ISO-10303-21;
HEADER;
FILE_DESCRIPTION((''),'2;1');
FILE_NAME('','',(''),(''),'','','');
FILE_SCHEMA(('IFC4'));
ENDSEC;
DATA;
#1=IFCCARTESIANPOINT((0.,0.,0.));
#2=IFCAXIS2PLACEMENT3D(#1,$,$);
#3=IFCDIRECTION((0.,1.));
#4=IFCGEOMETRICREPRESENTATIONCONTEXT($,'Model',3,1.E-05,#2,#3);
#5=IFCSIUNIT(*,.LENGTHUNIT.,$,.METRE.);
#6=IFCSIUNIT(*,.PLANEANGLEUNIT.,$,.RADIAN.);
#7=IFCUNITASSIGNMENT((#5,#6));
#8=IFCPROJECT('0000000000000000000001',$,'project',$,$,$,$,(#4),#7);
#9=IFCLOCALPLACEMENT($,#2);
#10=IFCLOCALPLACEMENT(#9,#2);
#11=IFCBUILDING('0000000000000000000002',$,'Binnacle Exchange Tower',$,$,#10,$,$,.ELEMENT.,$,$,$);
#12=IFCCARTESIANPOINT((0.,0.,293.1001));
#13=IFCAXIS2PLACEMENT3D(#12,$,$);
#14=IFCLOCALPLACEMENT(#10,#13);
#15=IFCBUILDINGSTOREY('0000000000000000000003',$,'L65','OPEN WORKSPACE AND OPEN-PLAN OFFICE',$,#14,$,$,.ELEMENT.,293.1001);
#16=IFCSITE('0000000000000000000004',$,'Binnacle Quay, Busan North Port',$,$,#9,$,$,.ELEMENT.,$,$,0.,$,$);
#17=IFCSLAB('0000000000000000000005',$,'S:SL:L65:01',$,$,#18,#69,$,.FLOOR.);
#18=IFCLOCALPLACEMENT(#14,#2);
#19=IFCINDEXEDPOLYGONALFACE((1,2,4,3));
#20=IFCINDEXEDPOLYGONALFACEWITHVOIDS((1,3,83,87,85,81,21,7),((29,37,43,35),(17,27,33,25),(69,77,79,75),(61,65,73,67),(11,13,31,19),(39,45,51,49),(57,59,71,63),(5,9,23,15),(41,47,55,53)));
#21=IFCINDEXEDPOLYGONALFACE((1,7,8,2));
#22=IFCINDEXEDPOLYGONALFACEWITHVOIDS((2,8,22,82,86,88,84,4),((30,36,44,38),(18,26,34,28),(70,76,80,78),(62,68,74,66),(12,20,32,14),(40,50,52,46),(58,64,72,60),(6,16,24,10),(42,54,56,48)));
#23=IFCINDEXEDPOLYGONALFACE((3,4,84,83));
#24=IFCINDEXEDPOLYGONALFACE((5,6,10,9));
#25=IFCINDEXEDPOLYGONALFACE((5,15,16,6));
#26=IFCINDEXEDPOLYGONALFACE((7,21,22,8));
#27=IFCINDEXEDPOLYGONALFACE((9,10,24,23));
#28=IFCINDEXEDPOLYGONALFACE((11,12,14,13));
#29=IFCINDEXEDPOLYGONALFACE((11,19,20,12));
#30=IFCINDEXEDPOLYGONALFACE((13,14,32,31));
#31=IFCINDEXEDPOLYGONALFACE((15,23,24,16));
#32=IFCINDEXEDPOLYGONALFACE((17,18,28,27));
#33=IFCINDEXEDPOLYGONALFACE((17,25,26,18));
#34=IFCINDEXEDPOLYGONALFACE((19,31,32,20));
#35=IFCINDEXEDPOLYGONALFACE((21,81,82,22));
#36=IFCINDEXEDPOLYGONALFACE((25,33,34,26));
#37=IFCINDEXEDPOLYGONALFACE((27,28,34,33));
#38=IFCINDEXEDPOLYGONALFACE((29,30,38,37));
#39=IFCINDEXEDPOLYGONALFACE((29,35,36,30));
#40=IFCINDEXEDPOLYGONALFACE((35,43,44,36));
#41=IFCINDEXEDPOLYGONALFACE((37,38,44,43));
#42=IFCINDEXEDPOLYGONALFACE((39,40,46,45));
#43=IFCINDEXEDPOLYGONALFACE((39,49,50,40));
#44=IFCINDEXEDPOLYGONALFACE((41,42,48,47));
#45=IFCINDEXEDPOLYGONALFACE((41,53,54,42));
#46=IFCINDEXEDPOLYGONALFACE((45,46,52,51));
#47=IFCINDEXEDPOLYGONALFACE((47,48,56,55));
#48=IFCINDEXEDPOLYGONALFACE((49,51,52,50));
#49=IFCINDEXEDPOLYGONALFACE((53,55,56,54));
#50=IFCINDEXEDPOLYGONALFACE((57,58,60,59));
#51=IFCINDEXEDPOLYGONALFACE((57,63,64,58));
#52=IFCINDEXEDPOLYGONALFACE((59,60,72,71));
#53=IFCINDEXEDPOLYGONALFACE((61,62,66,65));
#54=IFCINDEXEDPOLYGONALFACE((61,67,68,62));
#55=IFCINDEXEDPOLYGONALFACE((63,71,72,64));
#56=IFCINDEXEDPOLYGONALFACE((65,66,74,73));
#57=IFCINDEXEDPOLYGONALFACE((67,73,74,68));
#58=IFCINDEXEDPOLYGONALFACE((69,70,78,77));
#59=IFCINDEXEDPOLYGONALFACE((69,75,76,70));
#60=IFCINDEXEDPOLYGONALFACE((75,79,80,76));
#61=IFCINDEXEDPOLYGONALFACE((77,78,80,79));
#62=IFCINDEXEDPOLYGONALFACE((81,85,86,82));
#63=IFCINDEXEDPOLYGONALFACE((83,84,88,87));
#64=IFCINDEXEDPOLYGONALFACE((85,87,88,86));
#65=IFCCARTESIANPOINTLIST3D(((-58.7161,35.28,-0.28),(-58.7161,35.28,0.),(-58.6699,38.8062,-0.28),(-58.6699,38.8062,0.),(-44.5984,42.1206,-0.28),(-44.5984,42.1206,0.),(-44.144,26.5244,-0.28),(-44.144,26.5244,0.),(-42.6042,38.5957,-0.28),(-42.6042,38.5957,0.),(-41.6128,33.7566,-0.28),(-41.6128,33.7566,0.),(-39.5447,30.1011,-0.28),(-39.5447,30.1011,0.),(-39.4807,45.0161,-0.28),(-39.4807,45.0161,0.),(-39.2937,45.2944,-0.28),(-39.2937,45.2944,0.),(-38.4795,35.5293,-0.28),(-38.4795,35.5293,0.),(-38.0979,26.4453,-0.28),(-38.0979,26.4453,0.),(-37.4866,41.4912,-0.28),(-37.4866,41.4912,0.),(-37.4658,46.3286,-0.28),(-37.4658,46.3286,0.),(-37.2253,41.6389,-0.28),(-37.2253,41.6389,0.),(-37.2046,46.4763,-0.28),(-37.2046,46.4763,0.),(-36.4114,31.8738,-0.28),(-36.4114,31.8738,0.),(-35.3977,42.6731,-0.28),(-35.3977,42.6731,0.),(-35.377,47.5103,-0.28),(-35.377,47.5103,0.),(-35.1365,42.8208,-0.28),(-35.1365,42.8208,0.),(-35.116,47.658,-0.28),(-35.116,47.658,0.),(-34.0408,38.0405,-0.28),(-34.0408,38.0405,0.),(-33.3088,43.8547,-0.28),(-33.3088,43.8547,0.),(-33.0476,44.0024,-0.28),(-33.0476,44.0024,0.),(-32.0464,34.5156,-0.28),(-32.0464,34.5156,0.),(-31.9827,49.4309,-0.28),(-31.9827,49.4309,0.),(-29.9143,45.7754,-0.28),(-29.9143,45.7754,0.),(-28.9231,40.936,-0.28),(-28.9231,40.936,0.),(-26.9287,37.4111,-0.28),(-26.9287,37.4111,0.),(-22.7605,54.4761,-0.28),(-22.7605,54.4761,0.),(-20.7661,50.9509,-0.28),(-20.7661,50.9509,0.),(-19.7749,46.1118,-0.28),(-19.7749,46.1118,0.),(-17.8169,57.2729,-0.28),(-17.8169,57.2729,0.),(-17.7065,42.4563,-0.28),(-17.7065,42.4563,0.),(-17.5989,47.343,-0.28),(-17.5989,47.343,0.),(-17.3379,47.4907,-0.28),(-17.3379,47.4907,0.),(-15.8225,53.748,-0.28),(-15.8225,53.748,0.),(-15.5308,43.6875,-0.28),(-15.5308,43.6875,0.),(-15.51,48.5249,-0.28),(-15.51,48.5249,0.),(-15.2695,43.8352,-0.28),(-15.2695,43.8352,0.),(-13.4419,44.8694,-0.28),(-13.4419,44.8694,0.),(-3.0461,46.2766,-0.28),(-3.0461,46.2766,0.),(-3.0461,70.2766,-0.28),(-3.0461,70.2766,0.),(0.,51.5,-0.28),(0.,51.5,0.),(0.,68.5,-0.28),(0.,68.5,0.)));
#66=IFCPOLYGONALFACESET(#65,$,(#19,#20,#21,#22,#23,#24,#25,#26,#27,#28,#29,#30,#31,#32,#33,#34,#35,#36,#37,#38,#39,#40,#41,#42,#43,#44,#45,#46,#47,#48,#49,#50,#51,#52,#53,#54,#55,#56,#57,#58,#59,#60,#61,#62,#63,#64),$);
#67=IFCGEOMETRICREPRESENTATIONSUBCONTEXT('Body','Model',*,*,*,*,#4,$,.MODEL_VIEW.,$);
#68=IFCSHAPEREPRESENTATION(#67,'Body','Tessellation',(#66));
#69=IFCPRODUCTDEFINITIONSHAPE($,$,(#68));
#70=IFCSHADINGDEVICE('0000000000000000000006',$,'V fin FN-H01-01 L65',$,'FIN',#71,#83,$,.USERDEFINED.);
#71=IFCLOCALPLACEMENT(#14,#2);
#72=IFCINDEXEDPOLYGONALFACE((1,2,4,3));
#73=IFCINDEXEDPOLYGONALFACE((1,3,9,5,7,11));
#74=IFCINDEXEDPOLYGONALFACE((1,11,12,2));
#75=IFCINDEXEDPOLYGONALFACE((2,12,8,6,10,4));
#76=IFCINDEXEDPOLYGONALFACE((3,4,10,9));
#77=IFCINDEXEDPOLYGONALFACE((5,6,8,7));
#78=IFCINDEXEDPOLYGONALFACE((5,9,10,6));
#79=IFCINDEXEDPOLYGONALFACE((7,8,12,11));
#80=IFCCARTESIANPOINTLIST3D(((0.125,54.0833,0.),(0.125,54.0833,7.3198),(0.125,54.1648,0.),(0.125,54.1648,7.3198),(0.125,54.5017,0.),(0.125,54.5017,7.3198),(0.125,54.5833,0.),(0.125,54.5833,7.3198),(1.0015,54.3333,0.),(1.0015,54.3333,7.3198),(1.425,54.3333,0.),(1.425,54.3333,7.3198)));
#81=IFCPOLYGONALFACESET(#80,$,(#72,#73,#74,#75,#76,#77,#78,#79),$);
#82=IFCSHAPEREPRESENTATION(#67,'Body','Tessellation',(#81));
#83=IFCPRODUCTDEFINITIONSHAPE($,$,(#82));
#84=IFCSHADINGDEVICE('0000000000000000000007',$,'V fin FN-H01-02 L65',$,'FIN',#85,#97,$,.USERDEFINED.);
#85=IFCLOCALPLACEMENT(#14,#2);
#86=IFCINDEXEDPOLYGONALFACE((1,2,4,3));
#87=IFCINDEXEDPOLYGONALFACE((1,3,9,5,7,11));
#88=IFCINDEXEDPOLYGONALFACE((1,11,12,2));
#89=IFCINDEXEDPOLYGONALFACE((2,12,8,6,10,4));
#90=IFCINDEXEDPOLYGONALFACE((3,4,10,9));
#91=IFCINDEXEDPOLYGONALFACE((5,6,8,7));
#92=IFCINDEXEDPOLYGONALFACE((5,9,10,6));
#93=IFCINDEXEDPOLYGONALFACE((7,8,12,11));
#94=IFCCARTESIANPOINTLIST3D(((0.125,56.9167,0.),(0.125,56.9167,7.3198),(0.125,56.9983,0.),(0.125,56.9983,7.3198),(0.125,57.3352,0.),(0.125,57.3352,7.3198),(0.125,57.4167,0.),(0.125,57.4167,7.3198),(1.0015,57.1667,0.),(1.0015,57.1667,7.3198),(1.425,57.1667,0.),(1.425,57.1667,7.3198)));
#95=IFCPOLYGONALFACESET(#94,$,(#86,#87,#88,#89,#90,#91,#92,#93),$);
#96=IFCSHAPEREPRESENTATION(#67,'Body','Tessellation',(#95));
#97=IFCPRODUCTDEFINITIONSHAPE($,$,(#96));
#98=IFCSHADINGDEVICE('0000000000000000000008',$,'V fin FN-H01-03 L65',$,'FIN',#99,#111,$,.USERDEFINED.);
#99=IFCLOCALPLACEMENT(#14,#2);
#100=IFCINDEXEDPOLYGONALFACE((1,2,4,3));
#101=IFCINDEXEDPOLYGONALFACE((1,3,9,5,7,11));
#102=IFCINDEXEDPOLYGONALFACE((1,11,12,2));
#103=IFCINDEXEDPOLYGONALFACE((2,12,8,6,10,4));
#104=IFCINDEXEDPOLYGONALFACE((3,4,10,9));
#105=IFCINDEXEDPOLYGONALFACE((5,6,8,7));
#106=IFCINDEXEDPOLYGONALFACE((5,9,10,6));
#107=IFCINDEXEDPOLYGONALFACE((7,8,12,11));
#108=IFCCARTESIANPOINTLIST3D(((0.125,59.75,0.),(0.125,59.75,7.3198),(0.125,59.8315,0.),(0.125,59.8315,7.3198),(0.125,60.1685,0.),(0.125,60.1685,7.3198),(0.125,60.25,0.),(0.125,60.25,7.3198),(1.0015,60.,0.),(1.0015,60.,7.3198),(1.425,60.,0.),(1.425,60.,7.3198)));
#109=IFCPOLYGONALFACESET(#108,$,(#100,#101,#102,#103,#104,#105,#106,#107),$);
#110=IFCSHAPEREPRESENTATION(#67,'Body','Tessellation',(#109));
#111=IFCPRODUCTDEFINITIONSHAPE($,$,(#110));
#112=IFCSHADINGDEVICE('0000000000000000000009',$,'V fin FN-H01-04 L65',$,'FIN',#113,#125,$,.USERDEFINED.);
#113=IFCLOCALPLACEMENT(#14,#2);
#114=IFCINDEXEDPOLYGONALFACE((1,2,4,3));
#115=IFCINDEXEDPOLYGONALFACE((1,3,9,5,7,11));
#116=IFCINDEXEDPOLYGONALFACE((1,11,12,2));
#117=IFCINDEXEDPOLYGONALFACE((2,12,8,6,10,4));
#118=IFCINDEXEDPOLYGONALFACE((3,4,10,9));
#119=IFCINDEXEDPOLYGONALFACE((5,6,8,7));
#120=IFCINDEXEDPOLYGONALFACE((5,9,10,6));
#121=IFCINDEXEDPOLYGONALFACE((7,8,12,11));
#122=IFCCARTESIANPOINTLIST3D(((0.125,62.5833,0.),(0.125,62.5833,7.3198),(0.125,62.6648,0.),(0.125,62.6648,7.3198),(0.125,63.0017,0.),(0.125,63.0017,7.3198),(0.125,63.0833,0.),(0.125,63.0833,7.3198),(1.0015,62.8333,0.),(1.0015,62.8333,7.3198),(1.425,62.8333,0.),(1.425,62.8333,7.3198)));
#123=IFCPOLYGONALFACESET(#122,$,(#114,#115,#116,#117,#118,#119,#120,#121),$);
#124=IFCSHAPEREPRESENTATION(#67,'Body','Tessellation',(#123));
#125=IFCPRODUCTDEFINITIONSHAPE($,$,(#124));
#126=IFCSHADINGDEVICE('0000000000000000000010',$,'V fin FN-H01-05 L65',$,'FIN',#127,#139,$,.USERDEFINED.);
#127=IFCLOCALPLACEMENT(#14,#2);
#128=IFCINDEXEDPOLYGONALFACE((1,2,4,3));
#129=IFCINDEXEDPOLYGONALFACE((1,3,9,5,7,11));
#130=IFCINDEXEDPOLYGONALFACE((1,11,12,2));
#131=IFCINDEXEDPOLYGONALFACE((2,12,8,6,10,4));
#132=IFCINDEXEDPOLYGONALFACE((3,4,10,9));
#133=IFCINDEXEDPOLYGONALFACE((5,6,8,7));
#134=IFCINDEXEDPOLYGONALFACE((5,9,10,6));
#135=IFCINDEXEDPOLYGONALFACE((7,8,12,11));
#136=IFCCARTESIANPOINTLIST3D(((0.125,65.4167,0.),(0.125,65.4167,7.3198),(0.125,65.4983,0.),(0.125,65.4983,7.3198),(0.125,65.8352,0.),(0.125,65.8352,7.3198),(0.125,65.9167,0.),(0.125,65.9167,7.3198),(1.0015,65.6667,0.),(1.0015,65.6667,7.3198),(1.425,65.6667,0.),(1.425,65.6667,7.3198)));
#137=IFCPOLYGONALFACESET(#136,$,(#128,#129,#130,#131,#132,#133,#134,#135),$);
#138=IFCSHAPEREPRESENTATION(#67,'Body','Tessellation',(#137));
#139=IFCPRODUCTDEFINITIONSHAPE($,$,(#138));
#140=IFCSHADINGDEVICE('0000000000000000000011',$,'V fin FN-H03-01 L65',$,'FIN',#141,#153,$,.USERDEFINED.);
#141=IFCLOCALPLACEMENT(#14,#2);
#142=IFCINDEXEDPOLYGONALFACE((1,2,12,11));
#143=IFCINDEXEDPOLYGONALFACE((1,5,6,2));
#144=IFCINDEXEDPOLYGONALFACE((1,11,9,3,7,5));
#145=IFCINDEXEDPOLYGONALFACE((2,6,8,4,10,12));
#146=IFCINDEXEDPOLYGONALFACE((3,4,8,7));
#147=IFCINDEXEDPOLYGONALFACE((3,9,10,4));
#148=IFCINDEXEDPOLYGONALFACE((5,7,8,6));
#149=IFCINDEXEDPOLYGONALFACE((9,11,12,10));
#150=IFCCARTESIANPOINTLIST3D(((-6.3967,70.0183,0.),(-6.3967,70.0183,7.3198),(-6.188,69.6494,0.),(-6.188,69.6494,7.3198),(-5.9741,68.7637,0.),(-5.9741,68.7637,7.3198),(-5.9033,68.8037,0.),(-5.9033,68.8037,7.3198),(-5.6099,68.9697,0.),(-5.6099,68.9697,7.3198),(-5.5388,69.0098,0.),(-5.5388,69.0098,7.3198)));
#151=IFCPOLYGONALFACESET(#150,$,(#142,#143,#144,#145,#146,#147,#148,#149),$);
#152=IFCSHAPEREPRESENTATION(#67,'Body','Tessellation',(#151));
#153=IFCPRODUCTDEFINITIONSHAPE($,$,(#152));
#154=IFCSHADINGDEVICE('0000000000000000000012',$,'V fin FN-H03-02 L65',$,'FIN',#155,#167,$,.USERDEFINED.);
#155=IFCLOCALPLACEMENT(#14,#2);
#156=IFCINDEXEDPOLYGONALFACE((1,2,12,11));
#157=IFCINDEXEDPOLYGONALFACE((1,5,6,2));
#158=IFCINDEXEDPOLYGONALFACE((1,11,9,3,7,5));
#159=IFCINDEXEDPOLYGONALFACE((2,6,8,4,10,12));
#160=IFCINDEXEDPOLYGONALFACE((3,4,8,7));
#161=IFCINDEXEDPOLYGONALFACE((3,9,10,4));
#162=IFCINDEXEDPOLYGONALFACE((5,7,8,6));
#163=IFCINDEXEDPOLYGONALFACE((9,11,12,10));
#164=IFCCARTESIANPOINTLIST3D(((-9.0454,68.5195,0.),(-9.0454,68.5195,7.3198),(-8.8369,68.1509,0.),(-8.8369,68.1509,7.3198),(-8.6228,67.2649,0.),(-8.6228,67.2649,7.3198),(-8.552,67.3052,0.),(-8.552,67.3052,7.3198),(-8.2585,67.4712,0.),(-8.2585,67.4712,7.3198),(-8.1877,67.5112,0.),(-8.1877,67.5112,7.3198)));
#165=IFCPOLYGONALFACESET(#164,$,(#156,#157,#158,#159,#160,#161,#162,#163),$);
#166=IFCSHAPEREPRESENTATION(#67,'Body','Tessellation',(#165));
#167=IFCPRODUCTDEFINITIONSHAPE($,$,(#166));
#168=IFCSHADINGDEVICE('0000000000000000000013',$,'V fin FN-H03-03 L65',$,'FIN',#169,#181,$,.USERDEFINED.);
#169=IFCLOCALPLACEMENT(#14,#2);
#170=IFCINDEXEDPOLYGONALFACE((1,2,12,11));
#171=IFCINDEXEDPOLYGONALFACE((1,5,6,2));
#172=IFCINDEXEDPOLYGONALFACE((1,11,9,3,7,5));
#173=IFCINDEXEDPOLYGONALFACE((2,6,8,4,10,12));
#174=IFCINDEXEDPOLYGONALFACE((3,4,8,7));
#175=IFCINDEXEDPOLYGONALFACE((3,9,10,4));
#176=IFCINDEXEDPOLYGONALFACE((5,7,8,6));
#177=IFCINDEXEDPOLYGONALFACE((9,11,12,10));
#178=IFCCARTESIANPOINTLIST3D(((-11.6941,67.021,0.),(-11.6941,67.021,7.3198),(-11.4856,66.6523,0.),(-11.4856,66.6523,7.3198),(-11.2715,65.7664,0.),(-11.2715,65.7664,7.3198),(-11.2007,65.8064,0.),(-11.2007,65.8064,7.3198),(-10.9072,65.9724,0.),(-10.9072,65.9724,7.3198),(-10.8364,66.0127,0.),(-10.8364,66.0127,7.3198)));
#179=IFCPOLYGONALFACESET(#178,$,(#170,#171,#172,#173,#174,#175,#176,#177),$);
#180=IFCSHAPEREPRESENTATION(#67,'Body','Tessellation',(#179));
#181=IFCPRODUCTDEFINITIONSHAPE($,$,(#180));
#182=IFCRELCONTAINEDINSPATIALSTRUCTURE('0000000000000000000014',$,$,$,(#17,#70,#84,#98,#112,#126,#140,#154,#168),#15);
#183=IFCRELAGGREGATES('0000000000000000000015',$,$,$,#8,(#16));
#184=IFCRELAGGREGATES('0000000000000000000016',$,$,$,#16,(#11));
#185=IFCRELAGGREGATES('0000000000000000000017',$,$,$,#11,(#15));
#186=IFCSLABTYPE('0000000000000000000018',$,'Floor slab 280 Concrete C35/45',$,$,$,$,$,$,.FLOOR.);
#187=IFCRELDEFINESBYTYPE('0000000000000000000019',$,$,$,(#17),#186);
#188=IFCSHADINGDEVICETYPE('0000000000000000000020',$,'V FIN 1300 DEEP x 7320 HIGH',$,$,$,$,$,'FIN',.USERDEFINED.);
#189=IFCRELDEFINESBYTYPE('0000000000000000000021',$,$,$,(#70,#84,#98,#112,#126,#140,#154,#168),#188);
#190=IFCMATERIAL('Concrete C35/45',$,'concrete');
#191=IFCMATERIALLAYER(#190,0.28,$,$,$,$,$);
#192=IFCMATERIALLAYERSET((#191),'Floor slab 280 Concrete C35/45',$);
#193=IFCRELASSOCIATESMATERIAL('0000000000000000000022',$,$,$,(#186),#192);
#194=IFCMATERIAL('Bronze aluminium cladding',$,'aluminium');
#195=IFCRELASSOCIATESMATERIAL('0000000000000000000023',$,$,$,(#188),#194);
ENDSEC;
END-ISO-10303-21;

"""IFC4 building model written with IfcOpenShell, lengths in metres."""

from ifc_helpers import new_model, si_unit, direction, frame, origin, place, context, subcontext, project, spatial, polyline, outline, extrude, material, layer, layer_set, type_object, element, save


model = new_model("IFC4")

# Units and contexts
model_context = context("Model", 3, precision=1e-05, world=origin(), true_north=direction((0.0, 1.0)))
body_context = subcontext(model_context, "Body", "Model", "MODEL_VIEW")
ifc_project = project(units=[si_unit("LENGTHUNIT", "METRE"), si_unit("PLANEANGLEUNIT", "RADIAN")], contexts=[model_context])

# Site, building, storey
site_placement = place(None, origin())
site = spatial("IfcSite", under=ifc_project, at=site_placement, Name="Binnacle Quay, Busan North Port", CompositionType="ELEMENT", RefElevation=0.0)
building_placement = place(site_placement, origin())
building = spatial("IfcBuilding", under=site, at=building_placement, Name="Binnacle Exchange Tower", CompositionType="ELEMENT")
storey_placement = place(building_placement, frame((0.0, 0.0, 293.1001)))
storey = spatial("IfcBuildingStorey", under=building, at=storey_placement, Name="L65", Description="OPEN WORKSPACE AND OPEN-PLAN OFFICE", CompositionType="ELEMENT", Elevation=293.1001)

# Slab
ifc_material_1 = material(Name="Concrete C35/45", Category="concrete")
ifc_layer = layer(ifc_material_1, 0.28)
ifc_layer_set = layer_set([ifc_layer], Name="Floor slab 280 Concrete C35/45")
slab_type = type_object("IfcSlabType", Name="Floor slab 280 Concrete C35/45", PredefinedType="FLOOR", material=ifc_layer_set)
slab_placement = place(storey_placement, frame((0.0, 0.0, -0.28)))
element("IfcSlab", 1, at=slab_placement, inside=storey, type_object=slab_type, Name="S:SL:L65:01", PredefinedType="FLOOR", context=body_context, shape_type="SweptSolid", body=[
    extrude(outline(polyline([(-38.0979, 26.4453), (-44.144, 26.5244), (-58.7161, 35.28), (-58.6699, 38.8062), (-3.0461, 70.2766), (0.0, 68.5), (0.0, 51.5), (-3.0461, 46.2766), (-38.0979, 26.4453)]), holes=[polyline([(-38.4795, 35.5293), (-41.6128, 33.7566), (-39.5447, 30.1011), (-36.4114, 31.8738), (-38.4795, 35.5293)]), polyline([(-32.0464, 34.5156), (-26.9287, 37.4111), (-28.9231, 40.936), (-34.0408, 38.0405), (-32.0464, 34.5156)]), polyline([(-39.4807, 45.0161), (-44.5984, 42.1206), (-42.6042, 38.5957), (-37.4866, 41.4912), (-39.4807, 45.0161)]), polyline([(-37.4658, 46.3286), (-39.2937, 45.2944), (-37.2253, 41.6389), (-35.3977, 42.6731), (-37.4658, 46.3286)]), polyline([(-17.5989, 47.343), (-19.7749, 46.1118), (-17.7065, 42.4563), (-15.5308, 43.6875), (-17.5989, 47.343)]), polyline([(-35.377, 47.5103), (-37.2046, 46.4763), (-35.1365, 42.8208), (-33.3088, 43.8547), (-35.377, 47.5103)]), polyline([(-15.51, 48.5249), (-17.3379, 47.4907), (-15.2695, 43.8352), (-13.4419, 44.8694), (-15.51, 48.5249)]), polyline([(-29.9143, 45.7754), (-31.9827, 49.4309), (-35.116, 47.658), (-33.0476, 44.0024), (-29.9143, 45.7754)]), polyline([(-15.8225, 53.748), (-17.8169, 57.2729), (-22.7605, 54.4761), (-20.7661, 50.9509), (-15.8225, 53.748)])]), origin(), (0.0, 0.0, 1.0), 0.28),
])

# Shading devices
ifc_material_2 = material(Name="Bronze aluminium cladding", Category="aluminium")
shading_device_type = type_object("IfcShadingDeviceType", Name="V FIN 1300 DEEP x 7320 HIGH", ElementType="FIN", PredefinedType="USERDEFINED", material=ifc_material_2)
shading_device_1_placement = place(storey_placement, origin())
element("IfcShadingDevice", 2, at=shading_device_1_placement, inside=storey, type_object=shading_device_type, Name="V fin FN-H01-01 L65", ObjectType="FIN", PredefinedType="USERDEFINED", context=body_context, shape_type="SweptSolid", body=[
    extrude(outline(polyline([(0.125, 54.0833), (1.425, 54.3333), (0.125, 54.5833), (0.125, 54.5017), (1.0015, 54.3333), (0.125, 54.1648), (0.125, 54.0833)])), origin(), (0.0, 0.0, 1.0), 7.3198),
])
shading_device_2_placement = place(storey_placement, origin())
element("IfcShadingDevice", 3, at=shading_device_2_placement, inside=storey, type_object=shading_device_type, Name="V fin FN-H01-02 L65", ObjectType="FIN", PredefinedType="USERDEFINED", context=body_context, shape_type="SweptSolid", body=[
    extrude(outline(polyline([(0.125, 56.9167), (1.425, 57.1667), (0.125, 57.4167), (0.125, 57.3352), (1.0015, 57.1667), (0.125, 56.9983), (0.125, 56.9167)])), origin(), (0.0, 0.0, 1.0), 7.3198),
])
shading_device_3_placement = place(storey_placement, origin())
element("IfcShadingDevice", 4, at=shading_device_3_placement, inside=storey, type_object=shading_device_type, Name="V fin FN-H01-03 L65", ObjectType="FIN", PredefinedType="USERDEFINED", context=body_context, shape_type="SweptSolid", body=[
    extrude(outline(polyline([(0.125, 59.75), (1.425, 60.0), (0.125, 60.25), (0.125, 60.1685), (1.0015, 60.0), (0.125, 59.8315), (0.125, 59.75)])), origin(), (0.0, 0.0, 1.0), 7.3198),
])
shading_device_4_placement = place(storey_placement, origin())
element("IfcShadingDevice", 5, at=shading_device_4_placement, inside=storey, type_object=shading_device_type, Name="V fin FN-H01-04 L65", ObjectType="FIN", PredefinedType="USERDEFINED", context=body_context, shape_type="SweptSolid", body=[
    extrude(outline(polyline([(0.125, 62.5833), (1.425, 62.8333), (0.125, 63.0833), (0.125, 63.0017), (1.0015, 62.8333), (0.125, 62.6648), (0.125, 62.5833)])), origin(), (0.0, 0.0, 1.0), 7.3198),
])
shading_device_5_placement = place(storey_placement, origin())
element("IfcShadingDevice", 6, at=shading_device_5_placement, inside=storey, type_object=shading_device_type, Name="V fin FN-H01-05 L65", ObjectType="FIN", PredefinedType="USERDEFINED", context=body_context, shape_type="SweptSolid", body=[
    extrude(outline(polyline([(0.125, 65.4167), (1.425, 65.6667), (0.125, 65.9167), (0.125, 65.8352), (1.0015, 65.6667), (0.125, 65.4983), (0.125, 65.4167)])), origin(), (0.0, 0.0, 1.0), 7.3198),
])
shading_device_6_placement = place(storey_placement, origin())
element("IfcShadingDevice", 7, at=shading_device_6_placement, inside=storey, type_object=shading_device_type, Name="V fin FN-H03-01 L65", ObjectType="FIN", PredefinedType="USERDEFINED", context=body_context, shape_type="SweptSolid", body=[
    extrude(outline(polyline([(-5.5388, 69.0098), (-6.3967, 70.0183), (-5.9741, 68.7637), (-5.9033, 68.8037), (-6.188, 69.6494), (-5.6099, 68.9697), (-5.5388, 69.0098)])), origin(), (0.0, 0.0, 1.0), 7.3198),
])
shading_device_7_placement = place(storey_placement, origin())
element("IfcShadingDevice", 8, at=shading_device_7_placement, inside=storey, type_object=shading_device_type, Name="V fin FN-H03-02 L65", ObjectType="FIN", PredefinedType="USERDEFINED", context=body_context, shape_type="SweptSolid", body=[
    extrude(outline(polyline([(-8.1877, 67.5112), (-9.0454, 68.5195), (-8.6228, 67.2649), (-8.552, 67.3052), (-8.8369, 68.1509), (-8.2585, 67.4712), (-8.1877, 67.5112)])), origin(), (0.0, 0.0, 1.0), 7.3198),
])
shading_device_8_placement = place(storey_placement, origin())
element("IfcShadingDevice", 9, at=shading_device_8_placement, inside=storey, type_object=shading_device_type, Name="V fin FN-H03-03 L65", ObjectType="FIN", PredefinedType="USERDEFINED", context=body_context, shape_type="SweptSolid", body=[
    extrude(outline(polyline([(-10.8364, 66.0127), (-11.6941, 67.021), (-11.2715, 65.7664), (-11.2007, 65.8064), (-11.4856, 66.6523), (-10.9072, 65.9724), (-10.8364, 66.0127)])), origin(), (0.0, 0.0, 1.0), 7.3198),
])

save(model, "model.ifc")
